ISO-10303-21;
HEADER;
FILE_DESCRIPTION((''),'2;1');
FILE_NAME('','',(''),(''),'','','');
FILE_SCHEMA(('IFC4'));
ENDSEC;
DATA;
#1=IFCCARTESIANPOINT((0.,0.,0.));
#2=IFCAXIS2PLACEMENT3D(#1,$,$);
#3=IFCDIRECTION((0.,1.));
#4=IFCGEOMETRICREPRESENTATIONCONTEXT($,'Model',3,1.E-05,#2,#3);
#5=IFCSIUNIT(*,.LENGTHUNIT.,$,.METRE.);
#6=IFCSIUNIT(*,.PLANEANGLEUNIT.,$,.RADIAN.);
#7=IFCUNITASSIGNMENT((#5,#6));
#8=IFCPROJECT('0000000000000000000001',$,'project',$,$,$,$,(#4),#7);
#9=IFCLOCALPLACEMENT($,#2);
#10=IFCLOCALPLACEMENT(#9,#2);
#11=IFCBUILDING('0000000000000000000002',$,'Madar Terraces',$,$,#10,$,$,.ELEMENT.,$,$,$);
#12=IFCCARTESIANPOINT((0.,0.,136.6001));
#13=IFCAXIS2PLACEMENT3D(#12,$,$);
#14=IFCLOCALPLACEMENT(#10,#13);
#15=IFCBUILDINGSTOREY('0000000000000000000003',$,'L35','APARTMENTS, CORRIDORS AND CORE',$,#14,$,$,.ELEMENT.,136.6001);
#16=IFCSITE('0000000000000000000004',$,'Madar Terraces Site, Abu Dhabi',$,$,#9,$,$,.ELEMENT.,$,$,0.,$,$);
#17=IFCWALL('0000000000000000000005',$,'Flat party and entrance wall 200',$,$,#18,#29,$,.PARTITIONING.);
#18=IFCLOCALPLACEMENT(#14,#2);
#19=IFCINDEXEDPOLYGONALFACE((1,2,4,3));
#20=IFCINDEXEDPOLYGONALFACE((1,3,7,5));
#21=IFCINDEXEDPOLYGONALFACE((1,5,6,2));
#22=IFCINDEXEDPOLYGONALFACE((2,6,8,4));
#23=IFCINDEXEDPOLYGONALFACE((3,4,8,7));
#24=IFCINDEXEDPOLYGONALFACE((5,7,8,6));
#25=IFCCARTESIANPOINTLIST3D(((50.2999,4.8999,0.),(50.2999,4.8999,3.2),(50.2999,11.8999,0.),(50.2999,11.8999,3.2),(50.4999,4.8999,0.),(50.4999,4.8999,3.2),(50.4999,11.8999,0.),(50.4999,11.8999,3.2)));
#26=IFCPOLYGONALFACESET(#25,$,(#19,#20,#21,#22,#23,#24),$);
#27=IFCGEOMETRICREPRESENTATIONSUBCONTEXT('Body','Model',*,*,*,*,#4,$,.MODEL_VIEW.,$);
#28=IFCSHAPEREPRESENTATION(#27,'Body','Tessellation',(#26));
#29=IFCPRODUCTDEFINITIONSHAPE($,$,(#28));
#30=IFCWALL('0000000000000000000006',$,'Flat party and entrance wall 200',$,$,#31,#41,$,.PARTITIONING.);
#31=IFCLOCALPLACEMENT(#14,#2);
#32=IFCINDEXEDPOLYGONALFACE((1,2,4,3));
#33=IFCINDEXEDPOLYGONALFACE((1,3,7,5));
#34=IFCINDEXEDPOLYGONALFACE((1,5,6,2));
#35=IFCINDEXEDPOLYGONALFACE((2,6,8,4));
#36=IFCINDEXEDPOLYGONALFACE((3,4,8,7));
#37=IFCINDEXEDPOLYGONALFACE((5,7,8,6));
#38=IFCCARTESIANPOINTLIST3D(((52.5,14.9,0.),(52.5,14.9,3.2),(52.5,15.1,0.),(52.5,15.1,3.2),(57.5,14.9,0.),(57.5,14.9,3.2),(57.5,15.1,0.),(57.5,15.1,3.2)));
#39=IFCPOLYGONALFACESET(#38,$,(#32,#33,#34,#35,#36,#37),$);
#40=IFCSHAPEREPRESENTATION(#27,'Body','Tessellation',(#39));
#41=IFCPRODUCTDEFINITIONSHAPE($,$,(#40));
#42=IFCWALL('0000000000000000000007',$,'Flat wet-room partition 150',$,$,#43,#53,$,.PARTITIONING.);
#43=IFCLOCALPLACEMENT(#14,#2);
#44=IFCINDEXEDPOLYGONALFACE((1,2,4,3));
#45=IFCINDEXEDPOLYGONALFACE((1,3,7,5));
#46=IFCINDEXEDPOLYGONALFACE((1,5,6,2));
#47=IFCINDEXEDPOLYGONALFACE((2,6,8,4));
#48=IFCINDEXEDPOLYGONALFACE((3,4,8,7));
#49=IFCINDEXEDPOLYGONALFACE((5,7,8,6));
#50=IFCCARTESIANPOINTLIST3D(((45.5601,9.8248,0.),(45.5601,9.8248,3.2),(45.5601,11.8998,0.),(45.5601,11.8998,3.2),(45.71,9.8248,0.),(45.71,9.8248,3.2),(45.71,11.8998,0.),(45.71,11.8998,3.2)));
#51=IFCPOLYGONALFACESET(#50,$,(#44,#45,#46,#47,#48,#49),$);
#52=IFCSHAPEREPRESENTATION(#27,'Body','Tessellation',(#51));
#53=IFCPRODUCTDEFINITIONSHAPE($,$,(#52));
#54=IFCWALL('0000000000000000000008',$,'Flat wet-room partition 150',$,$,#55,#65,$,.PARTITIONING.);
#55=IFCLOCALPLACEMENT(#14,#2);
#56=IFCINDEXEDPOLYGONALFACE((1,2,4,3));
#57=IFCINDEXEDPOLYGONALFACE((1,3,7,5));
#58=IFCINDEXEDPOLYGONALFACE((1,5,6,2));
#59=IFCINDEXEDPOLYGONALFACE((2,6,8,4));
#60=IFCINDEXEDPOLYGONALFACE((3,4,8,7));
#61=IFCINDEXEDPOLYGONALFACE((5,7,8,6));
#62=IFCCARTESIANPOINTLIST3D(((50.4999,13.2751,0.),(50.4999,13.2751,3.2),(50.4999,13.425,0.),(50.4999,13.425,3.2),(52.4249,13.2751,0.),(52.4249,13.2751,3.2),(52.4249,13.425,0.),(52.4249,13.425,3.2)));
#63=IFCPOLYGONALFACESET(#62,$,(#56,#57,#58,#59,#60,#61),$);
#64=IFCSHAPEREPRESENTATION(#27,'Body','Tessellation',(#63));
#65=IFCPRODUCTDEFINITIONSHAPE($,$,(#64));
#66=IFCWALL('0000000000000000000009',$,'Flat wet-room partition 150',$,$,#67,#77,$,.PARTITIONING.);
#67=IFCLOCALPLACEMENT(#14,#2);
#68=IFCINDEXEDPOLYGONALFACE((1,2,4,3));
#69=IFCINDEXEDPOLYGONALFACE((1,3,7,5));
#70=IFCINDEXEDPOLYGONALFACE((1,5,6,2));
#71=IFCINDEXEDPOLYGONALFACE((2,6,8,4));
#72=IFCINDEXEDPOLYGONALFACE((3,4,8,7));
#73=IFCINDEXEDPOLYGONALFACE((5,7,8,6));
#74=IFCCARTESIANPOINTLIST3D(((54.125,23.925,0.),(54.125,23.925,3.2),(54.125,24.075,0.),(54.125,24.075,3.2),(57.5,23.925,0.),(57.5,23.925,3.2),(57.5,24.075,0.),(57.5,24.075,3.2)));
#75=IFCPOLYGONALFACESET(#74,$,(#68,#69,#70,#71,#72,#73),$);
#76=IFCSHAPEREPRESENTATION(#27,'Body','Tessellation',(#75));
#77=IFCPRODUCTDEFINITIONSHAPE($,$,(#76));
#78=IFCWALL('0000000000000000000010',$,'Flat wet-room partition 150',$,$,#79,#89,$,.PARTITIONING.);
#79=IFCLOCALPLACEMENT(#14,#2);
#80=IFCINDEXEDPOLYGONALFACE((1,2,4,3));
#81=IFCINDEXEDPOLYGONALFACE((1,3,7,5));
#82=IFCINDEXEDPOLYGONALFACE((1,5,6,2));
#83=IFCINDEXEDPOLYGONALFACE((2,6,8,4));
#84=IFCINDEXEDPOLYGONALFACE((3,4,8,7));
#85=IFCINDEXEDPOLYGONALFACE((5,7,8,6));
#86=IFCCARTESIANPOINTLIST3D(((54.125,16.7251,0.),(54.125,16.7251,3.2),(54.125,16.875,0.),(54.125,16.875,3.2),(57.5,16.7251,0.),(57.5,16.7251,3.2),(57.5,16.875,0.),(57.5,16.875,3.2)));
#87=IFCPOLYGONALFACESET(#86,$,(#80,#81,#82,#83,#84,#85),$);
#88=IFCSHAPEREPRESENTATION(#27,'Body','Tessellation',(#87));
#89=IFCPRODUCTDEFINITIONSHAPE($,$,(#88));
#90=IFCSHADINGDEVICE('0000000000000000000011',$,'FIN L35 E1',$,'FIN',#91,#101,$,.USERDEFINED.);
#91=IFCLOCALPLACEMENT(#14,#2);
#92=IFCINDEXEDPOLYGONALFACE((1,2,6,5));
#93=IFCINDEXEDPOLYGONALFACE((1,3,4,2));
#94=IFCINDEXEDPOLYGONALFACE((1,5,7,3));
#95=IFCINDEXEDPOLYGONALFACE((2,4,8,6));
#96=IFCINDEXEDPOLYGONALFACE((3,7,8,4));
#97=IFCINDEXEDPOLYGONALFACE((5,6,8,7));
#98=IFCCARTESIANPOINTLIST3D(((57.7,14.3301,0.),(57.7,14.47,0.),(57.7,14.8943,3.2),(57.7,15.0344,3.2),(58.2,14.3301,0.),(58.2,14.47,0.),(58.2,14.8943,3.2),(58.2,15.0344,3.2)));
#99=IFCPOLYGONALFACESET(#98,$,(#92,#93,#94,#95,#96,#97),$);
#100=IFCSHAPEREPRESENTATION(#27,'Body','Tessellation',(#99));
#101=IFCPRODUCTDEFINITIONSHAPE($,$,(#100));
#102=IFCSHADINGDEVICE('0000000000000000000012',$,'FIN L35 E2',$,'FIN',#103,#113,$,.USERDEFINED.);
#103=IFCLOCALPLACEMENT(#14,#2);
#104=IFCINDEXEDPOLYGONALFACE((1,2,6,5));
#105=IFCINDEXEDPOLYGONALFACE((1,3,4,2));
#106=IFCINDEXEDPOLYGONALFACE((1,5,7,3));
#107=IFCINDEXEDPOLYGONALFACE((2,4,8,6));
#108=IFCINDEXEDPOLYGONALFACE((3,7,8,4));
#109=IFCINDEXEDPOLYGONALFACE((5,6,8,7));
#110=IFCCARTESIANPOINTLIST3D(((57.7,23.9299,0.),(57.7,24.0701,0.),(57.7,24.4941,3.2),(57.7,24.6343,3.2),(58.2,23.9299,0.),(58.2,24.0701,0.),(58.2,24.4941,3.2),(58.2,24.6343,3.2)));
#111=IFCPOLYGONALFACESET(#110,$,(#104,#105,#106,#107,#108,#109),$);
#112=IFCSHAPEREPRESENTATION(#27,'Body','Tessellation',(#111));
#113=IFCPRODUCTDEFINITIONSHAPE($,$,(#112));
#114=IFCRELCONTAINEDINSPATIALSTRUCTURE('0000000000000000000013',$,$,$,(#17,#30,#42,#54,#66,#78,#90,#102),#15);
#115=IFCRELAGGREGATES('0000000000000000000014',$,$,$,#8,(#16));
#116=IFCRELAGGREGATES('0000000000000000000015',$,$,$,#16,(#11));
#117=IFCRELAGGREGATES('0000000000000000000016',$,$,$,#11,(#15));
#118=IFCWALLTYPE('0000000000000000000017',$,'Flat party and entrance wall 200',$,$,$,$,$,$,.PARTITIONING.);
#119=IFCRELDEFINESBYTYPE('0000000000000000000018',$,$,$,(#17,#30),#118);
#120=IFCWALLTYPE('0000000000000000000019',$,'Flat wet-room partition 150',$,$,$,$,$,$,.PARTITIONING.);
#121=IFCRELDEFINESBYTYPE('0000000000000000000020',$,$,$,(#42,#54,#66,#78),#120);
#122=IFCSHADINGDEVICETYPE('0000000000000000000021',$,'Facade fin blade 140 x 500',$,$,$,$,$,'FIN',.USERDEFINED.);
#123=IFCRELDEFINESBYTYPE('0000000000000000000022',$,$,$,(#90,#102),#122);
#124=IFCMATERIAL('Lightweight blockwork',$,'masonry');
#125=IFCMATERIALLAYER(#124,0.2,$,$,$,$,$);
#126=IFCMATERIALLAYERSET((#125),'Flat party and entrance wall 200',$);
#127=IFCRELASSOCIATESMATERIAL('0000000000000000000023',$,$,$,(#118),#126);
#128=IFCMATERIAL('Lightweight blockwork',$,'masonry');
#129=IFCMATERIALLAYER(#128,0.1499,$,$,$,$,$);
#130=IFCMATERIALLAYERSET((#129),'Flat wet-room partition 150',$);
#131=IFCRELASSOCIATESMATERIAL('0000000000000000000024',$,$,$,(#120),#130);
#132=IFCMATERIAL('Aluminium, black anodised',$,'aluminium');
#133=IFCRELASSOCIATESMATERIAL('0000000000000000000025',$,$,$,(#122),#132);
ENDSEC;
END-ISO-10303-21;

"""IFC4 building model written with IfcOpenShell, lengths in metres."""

from ifc_helpers import new_model, si_unit, direction, frame, frame_2d, origin, place, context, subcontext, project, spatial, polyline, rectangle, outline, extrude, material, layer, layer_set, type_object, element, save


model = new_model("IFC4")

# Units and contexts
model_context = context("Model", 3, precision=1e-05, world=origin(), true_north=direction((0.0, 1.0)))
body_context = subcontext(model_context, "Body", "Model", "MODEL_VIEW")
ifc_project = project(units=[si_unit("LENGTHUNIT", "METRE"), si_unit("PLANEANGLEUNIT", "RADIAN")], contexts=[model_context])

# Site, building, storey
site_placement = place(None, origin())
site = spatial("IfcSite", under=ifc_project, at=site_placement, Name="Madar Terraces Site, Abu Dhabi", CompositionType="ELEMENT", RefElevation=0.0)
building_placement = place(site_placement, origin())
building = spatial("IfcBuilding", under=site, at=building_placement, Name="Madar Terraces", CompositionType="ELEMENT")
storey_placement = place(building_placement, frame((0.0, 0.0, 136.6001)))
storey = spatial("IfcBuildingStorey", under=building, at=storey_placement, Name="L35", Description="APARTMENTS, CORRIDORS AND CORE", CompositionType="ELEMENT", Elevation=136.6001)

# Shared definitions
ifc_material_1 = material(Name="Lightweight blockwork", Category="masonry")
ifc_layer_1 = layer(ifc_material_1, 0.2)
ifc_layer_set_1 = layer_set([ifc_layer_1], Name="Flat party and entrance wall 200")
wall_type_1 = type_object("IfcWallType", Name="Flat party and entrance wall 200", PredefinedType="PARTITIONING", material=ifc_layer_set_1)

# Walls
wall_1_placement = place(storey_placement, frame((50.3999, 11.8999, 0.0), z_axis=(0.0, 0.0, 1.0), x_axis=(0.0, -1.0, 0.0)))
element("IfcWall", 1, at=wall_1_placement, inside=storey, type_object=wall_type_1, Name="Flat party and entrance wall 200", PredefinedType="PARTITIONING", context=body_context, shape_type="SweptSolid", body=[
    extrude(rectangle(XDim=7.0, YDim=0.2, at=frame_2d((3.5, 0.0))), origin(), (0.0, 0.0, 1.0), 3.2),
])
wall_2_placement = place(storey_placement, frame((52.5, 15.0, 0.0), z_axis=(0.0, 0.0, 1.0), x_axis=(1.0, 0.0, 0.0)))
element("IfcWall", 2, at=wall_2_placement, inside=storey, type_object=wall_type_1, Name="Flat party and entrance wall 200", PredefinedType="PARTITIONING", context=body_context, shape_type="SweptSolid", body=[
    extrude(rectangle(XDim=5.0, YDim=0.2, at=frame_2d((2.5, 0.0))), origin(), (0.0, 0.0, 1.0), 3.2),
])
ifc_material_2 = material(Name="Lightweight blockwork", Category="masonry")
ifc_layer_2 = layer(ifc_material_2, 0.1499)
ifc_layer_set_2 = layer_set([ifc_layer_2], Name="Flat wet-room partition 150")
wall_type_2 = type_object("IfcWallType", Name="Flat wet-room partition 150", PredefinedType="PARTITIONING", material=ifc_layer_set_2)
wall_3_placement = place(storey_placement, frame((45.635, 11.8999, 0.0), z_axis=(0.0, 0.0, 1.0), x_axis=(0.0, -1.0, 0.0)))
element("IfcWall", 3, at=wall_3_placement, inside=storey, type_object=wall_type_2, Name="Flat wet-room partition 150", PredefinedType="PARTITIONING", context=body_context, shape_type="SweptSolid", body=[
    extrude(rectangle(XDim=2.075, YDim=0.1499, at=frame_2d((1.0376, 0.0))), origin(), (0.0, 0.0, 1.0), 3.2),
])
wall_4_placement = place(storey_placement, frame((50.5, 13.3501, 0.0), z_axis=(0.0, 0.0, 1.0), x_axis=(1.0, 0.0, 0.0)))
element("IfcWall", 4, at=wall_4_placement, inside=storey, type_object=wall_type_2, Name="Flat wet-room partition 150", PredefinedType="PARTITIONING", context=body_context, shape_type="SweptSolid", body=[
    extrude(rectangle(XDim=1.925, YDim=0.1499, at=frame_2d((0.9624, 0.0))), origin(), (0.0, 0.0, 1.0), 3.2),
])
for number, where, z_axis, x_axis, name in (
    (5, (54.125, 24.0, 0.0), (0.0, 0.0, 1.0), (1.0, 0.0, 0.0), "Flat wet-room partition 150"),
    (6, (54.125, 16.8, 0.0), (0.0, 0.0, 1.0), (1.0, 0.0, 0.0), "Flat wet-room partition 150"),
):
    element("IfcWall", number, at=place(storey_placement, frame(where, z_axis=z_axis, x_axis=x_axis)), inside=storey, type_object=wall_type_2, Name=name, PredefinedType="PARTITIONING", context=body_context, shape_type="SweptSolid", body=[
        extrude(rectangle(XDim=3.375, YDim=0.1499, at=frame_2d((1.6875, 0.0))), origin(), (0.0, 0.0, 1.0), 3.2),
    ])

# Shading devices
ifc_material_3 = material(Name="Aluminium, black anodised", Category="aluminium")
shading_device_type = type_object("IfcShadingDeviceType", Name="Facade fin blade 140 x 500", ElementType="FIN", PredefinedType="USERDEFINED", material=ifc_material_3)
shading_device_1_placement = place(storey_placement, frame((57.95, 14.3301, 0.0), z_axis=(0.0, 0.0, 1.0), x_axis=(0.0, 1.0, 0.0)))
element("IfcShadingDevice", 7, at=shading_device_1_placement, inside=storey, type_object=shading_device_type, Name="FIN L35 E1", ObjectType="FIN", PredefinedType="USERDEFINED", context=body_context, shape_type="SweptSolid", body=[
    extrude(outline(polyline([(0.0, 0.0), (0.1399, 0.0), (0.7043, 3.2), (0.5642, 3.2), (0.0, 0.0)])), frame((0.0, 0.25, 0.0), z_axis=(0.0, -1.0, 0.0), x_axis=(1.0, 0.0, 0.0)), (0.0, 0.0, 1.0), 0.5),
])
shading_device_2_placement = place(storey_placement, frame((57.95, 23.9299, 0.0), z_axis=(0.0, 0.0, 1.0), x_axis=(0.0, 1.0, 0.0)))
element("IfcShadingDevice", 8, at=shading_device_2_placement, inside=storey, type_object=shading_device_type, Name="FIN L35 E2", ObjectType="FIN", PredefinedType="USERDEFINED", context=body_context, shape_type="SweptSolid", body=[
    extrude(outline(polyline([(0.0, 0.0), (0.1401, 0.0), (0.7043, 3.2), (0.5642, 3.2), (0.0, 0.0)])), frame((0.0, 0.25, 0.0), z_axis=(0.0, -1.0, 0.0), x_axis=(1.0, 0.0, 0.0)), (0.0, 0.0, 1.0), 0.5),
])

save(model, "model.ifc")
